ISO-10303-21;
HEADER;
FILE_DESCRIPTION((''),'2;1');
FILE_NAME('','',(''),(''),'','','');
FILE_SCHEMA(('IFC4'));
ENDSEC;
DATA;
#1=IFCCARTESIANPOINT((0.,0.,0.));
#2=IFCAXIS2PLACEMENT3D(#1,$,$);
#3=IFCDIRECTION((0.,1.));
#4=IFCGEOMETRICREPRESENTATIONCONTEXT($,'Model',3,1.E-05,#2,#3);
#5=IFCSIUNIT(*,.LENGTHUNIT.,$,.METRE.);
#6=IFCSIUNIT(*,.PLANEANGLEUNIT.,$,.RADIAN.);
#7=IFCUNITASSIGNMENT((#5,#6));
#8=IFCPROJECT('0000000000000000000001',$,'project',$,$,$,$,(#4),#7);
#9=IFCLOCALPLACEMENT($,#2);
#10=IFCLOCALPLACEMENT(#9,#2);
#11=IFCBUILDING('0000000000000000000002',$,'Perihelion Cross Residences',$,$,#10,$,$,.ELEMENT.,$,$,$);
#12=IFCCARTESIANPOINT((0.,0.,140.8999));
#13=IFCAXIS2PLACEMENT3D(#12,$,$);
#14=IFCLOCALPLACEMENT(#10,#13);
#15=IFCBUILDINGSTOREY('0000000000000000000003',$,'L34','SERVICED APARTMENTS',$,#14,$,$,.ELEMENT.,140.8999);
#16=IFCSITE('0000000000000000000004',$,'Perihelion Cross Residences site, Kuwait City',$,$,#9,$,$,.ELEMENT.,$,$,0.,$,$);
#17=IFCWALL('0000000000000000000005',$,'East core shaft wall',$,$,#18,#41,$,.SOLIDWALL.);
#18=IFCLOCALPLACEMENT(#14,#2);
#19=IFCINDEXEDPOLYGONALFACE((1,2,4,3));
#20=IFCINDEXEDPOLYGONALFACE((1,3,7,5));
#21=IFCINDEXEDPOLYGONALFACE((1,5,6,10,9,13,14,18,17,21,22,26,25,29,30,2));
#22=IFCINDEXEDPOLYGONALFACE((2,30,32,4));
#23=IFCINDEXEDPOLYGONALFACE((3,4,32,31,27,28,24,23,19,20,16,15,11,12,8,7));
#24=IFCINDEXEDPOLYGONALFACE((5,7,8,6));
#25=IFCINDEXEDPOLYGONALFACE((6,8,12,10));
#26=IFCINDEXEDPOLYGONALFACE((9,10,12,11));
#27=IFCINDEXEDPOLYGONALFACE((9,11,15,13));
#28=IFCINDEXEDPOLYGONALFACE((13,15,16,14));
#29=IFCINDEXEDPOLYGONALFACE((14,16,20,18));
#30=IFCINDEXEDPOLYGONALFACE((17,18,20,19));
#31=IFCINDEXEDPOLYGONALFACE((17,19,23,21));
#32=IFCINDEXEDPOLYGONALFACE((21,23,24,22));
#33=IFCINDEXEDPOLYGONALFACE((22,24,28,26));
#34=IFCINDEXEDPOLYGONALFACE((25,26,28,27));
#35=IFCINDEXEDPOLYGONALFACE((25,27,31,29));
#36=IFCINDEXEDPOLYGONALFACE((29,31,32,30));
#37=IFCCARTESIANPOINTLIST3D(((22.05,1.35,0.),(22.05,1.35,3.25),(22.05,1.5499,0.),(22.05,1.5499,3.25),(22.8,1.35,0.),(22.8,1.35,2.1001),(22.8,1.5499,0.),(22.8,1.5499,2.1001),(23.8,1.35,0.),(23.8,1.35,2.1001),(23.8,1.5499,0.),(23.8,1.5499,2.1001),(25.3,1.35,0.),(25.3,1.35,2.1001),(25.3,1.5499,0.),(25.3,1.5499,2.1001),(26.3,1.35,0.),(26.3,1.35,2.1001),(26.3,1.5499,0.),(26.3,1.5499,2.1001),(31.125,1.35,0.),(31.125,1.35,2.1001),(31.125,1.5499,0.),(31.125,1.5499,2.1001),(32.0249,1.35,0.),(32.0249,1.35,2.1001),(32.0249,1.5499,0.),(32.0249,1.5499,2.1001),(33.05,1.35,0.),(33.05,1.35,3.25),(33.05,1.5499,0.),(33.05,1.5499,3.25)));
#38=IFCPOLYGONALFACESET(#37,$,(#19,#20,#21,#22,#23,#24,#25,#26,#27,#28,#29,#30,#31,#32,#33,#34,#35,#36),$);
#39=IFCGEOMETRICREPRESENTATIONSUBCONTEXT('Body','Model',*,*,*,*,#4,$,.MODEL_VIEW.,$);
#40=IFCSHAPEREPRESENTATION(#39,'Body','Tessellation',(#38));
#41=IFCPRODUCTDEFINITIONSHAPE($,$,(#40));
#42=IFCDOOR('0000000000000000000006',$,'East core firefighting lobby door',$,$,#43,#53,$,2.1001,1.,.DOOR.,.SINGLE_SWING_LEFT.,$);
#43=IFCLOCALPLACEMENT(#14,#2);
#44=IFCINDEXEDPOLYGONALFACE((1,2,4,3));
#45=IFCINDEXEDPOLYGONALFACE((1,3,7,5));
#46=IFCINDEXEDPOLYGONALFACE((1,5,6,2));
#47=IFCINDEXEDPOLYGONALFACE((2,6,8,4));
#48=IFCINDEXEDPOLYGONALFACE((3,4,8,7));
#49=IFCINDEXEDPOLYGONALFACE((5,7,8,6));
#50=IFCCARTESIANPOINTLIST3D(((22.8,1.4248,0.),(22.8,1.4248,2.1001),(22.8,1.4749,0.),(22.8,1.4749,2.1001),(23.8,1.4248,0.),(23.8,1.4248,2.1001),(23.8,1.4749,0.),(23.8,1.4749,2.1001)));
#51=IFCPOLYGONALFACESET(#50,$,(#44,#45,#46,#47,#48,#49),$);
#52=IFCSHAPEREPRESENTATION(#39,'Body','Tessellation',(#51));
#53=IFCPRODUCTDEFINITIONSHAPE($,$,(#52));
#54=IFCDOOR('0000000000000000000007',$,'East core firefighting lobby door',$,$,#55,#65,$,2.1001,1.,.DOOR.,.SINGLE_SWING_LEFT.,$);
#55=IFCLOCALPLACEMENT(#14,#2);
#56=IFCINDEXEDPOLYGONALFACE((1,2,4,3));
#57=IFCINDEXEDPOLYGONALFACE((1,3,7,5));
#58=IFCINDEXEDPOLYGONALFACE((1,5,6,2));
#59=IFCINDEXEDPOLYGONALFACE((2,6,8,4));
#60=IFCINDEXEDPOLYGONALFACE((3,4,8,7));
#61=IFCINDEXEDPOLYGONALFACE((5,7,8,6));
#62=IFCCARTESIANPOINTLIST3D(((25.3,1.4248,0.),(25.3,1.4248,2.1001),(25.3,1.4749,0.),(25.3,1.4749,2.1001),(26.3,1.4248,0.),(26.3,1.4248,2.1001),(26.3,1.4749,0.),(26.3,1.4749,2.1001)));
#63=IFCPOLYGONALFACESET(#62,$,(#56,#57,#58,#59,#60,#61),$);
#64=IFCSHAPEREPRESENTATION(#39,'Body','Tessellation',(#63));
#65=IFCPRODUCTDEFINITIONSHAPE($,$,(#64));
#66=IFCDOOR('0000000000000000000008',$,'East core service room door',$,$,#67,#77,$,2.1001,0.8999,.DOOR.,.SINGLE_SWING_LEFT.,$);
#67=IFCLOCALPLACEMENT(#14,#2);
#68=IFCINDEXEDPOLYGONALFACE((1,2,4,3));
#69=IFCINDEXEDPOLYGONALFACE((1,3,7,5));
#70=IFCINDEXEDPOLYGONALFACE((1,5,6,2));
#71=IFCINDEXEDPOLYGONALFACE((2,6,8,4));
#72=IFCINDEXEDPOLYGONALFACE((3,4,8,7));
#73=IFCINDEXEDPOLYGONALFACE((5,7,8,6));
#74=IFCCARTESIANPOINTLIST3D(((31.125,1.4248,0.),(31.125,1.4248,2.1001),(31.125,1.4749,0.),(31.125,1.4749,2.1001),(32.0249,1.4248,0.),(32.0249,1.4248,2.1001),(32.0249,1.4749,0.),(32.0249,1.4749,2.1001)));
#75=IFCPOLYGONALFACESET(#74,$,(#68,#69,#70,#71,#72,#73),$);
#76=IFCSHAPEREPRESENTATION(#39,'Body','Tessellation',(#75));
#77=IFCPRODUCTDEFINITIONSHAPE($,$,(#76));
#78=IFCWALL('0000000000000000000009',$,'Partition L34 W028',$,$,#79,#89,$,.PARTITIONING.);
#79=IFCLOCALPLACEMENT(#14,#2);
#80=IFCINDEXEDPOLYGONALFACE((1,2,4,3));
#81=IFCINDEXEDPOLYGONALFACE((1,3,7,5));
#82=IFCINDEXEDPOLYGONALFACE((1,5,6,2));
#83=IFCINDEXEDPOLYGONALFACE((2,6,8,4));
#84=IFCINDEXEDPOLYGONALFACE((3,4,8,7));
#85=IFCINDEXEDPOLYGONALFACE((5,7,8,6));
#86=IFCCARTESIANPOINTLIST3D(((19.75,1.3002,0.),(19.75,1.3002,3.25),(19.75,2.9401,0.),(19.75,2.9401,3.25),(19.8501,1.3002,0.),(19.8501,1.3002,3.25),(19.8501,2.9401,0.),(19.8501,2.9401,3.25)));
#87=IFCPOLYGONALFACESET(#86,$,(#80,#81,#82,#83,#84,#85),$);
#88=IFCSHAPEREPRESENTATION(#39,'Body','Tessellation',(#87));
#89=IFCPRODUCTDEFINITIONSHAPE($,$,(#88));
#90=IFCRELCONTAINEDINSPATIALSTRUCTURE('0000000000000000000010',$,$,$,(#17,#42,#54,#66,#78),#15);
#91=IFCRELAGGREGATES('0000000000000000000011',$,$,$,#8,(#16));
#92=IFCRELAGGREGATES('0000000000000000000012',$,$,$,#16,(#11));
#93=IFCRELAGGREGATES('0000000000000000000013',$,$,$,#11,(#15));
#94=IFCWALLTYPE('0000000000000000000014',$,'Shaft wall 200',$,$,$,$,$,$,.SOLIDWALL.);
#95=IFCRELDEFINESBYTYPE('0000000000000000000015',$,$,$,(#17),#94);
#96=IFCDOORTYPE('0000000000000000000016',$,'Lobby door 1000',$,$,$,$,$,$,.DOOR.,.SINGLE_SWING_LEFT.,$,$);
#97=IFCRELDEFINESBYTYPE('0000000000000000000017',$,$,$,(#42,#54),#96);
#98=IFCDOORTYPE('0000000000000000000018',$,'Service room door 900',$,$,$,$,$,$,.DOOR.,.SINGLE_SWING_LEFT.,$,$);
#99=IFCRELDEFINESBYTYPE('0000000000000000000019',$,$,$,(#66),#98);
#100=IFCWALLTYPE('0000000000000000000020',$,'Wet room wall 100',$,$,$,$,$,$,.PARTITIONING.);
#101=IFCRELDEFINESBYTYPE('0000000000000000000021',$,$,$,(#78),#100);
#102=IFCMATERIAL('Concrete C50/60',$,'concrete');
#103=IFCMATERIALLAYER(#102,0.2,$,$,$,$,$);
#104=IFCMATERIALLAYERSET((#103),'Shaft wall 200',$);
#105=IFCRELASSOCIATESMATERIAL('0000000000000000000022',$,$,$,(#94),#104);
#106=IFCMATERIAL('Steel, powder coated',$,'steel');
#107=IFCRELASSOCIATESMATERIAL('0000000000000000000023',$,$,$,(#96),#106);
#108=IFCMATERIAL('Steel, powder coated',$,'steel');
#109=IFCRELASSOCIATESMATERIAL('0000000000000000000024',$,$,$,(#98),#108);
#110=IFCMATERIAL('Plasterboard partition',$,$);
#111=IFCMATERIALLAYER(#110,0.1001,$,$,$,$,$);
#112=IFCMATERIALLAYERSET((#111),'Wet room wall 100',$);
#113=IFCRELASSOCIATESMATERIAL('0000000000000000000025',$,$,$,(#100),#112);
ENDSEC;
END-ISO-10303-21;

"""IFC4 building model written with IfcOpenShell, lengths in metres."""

from ifc_helpers import new_model, si_unit, direction, frame, frame_2d, origin, place, context, subcontext, project, spatial, rectangle, extrude, material, layer, layer_set, type_object, element, fill, save


model = new_model("IFC4")

# Units and contexts
model_context = context("Model", 3, precision=1e-05, world=origin(), true_north=direction((0.0, 1.0)))
body_context = subcontext(model_context, "Body", "Model", "MODEL_VIEW")
ifc_project = project(units=[si_unit("LENGTHUNIT", "METRE"), si_unit("PLANEANGLEUNIT", "RADIAN")], contexts=[model_context])

# Site, building, storey
site_placement = place(None, origin())
site = spatial("IfcSite", under=ifc_project, at=site_placement, Name="Perihelion Cross Residences site, Kuwait City", CompositionType="ELEMENT", RefElevation=0.0)
building_placement = place(site_placement, origin())
building = spatial("IfcBuilding", under=site, at=building_placement, Name="Perihelion Cross Residences", CompositionType="ELEMENT")
storey_placement = place(building_placement, frame((0.0, 0.0, 140.8999)))
storey = spatial("IfcBuildingStorey", under=building, at=storey_placement, Name="L34", Description="SERVICED APARTMENTS", CompositionType="ELEMENT", Elevation=140.8999)

# Wall, openings, doors
ifc_material_1 = material(Name="Concrete C50/60", Category="concrete")
ifc_layer_1 = layer(ifc_material_1, 0.2)
ifc_layer_set_1 = layer_set([ifc_layer_1], Name="Shaft wall 200")
wall_type_1 = type_object("IfcWallType", Name="Shaft wall 200", PredefinedType="SOLIDWALL", material=ifc_layer_set_1)
wall_1_placement = place(storey_placement, frame((22.05, 1.45, 0.0), z_axis=(0.0, 0.0, 1.0), x_axis=(1.0, 0.0, 0.0)))
wall_1 = element("IfcWall", 1, at=wall_1_placement, inside=storey, type_object=wall_type_1, Name="East core shaft wall", PredefinedType="SOLIDWALL", context=body_context, shape_type="SweptSolid", body=[
    extrude(rectangle(XDim=11.0, YDim=0.2, at=frame_2d((5.5, 0.0))), origin(), (0.0, 0.0, 1.0), 3.25),
])
opening_1_placement = place(wall_1_placement, frame((0.75, 0.0, 0.0)))
opening_1 = element("IfcOpeningElement", 2, at=opening_1_placement, cuts=wall_1, PredefinedType="OPENING", context=body_context, shape_type="SweptSolid", body=[
    extrude(rectangle(XDim=1.0, YDim=2.1001, at=frame_2d((0.5, 1.05))), frame((0.0, 0.1099, 0.0), z_axis=(0.0, -1.0, 0.0), x_axis=(1.0, 0.0, 0.0)), (0.0, 0.0, 1.0), 0.22),
])
opening_2_placement = place(wall_1_placement, frame((3.25, 0.0, 0.0)))
opening_2 = element("IfcOpeningElement", 3, at=opening_2_placement, cuts=wall_1, PredefinedType="OPENING", context=body_context, shape_type="SweptSolid", body=[
    extrude(rectangle(XDim=1.0, YDim=2.1001, at=frame_2d((0.5, 1.05))), frame((0.0, 0.1099, 0.0), z_axis=(0.0, -1.0, 0.0), x_axis=(1.0, 0.0, 0.0)), (0.0, 0.0, 1.0), 0.22),
])
opening_3_placement = place(wall_1_placement, frame((9.075, 0.0, 0.0)))
opening_3 = element("IfcOpeningElement", 4, at=opening_3_placement, cuts=wall_1, PredefinedType="OPENING", context=body_context, shape_type="SweptSolid", body=[
    extrude(rectangle(XDim=0.8999, YDim=2.1001, at=frame_2d((0.45, 1.05))), frame((0.0, 0.1099, 0.0), z_axis=(0.0, -1.0, 0.0), x_axis=(1.0, 0.0, 0.0)), (0.0, 0.0, 1.0), 0.22),
])
ifc_material_2 = material(Name="Steel, powder coated", Category="steel")
door_type_1 = type_object("IfcDoorType", Name="Lobby door 1000", OperationType="SINGLE_SWING_LEFT", PredefinedType="DOOR", material=ifc_material_2)
door_1_placement = place(opening_1_placement, origin())
door_1 = element("IfcDoor", 5, at=door_1_placement, inside=storey, type_object=door_type_1, Name="East core firefighting lobby door", OperationType="SINGLE_SWING_LEFT", OverallHeight=2.1001, OverallWidth=1.0, PredefinedType="DOOR", context=body_context, shape_type="SweptSolid", body=[
    extrude(rectangle(XDim=1.0, YDim=2.1001, at=frame_2d((0.5, 1.05))), frame((0.0, 0.0249, 0.0), z_axis=(0.0, -1.0, 0.0), x_axis=(1.0, 0.0, 0.0)), (0.0, 0.0, 1.0), 0.05),
])
fill(opening_1, door_1)
door_2_placement = place(opening_2_placement, origin())
door_2 = element("IfcDoor", 6, at=door_2_placement, inside=storey, type_object=door_type_1, Name="East core firefighting lobby door", OperationType="SINGLE_SWING_LEFT", OverallHeight=2.1001, OverallWidth=1.0, PredefinedType="DOOR", context=body_context, shape_type="SweptSolid", body=[
    extrude(rectangle(XDim=1.0, YDim=2.1001, at=frame_2d((0.5, 1.05))), frame((0.0, 0.0249, 0.0), z_axis=(0.0, -1.0, 0.0), x_axis=(1.0, 0.0, 0.0)), (0.0, 0.0, 1.0), 0.05),
])
fill(opening_2, door_2)
ifc_material_3 = material(Name="Steel, powder coated", Category="steel")
door_type_2 = type_object("IfcDoorType", Name="Service room door 900", OperationType="SINGLE_SWING_LEFT", PredefinedType="DOOR", material=ifc_material_3)
door_3_placement = place(opening_3_placement, origin())
door_3 = element("IfcDoor", 7, at=door_3_placement, inside=storey, type_object=door_type_2, Name="East core service room door", OperationType="SINGLE_SWING_LEFT", OverallHeight=2.1001, OverallWidth=0.8999, PredefinedType="DOOR", context=body_context, shape_type="SweptSolid", body=[
    extrude(rectangle(XDim=0.8999, YDim=2.1001, at=frame_2d((0.45, 1.05))), frame((0.0, 0.0249, 0.0), z_axis=(0.0, -1.0, 0.0), x_axis=(1.0, 0.0, 0.0)), (0.0, 0.0, 1.0), 0.05),
])
fill(opening_3, door_3)

# Wall
ifc_material_4 = material(Name="Plasterboard partition")
ifc_layer_2 = layer(ifc_material_4, 0.1001)
ifc_layer_set_2 = layer_set([ifc_layer_2], Name="Wet room wall 100")
wall_type_2 = type_object("IfcWallType", Name="Wet room wall 100", PredefinedType="PARTITIONING", material=ifc_layer_set_2)
wall_2_placement = place(storey_placement, frame((19.8, 2.9399, 0.0), z_axis=(0.0, 0.0, 1.0), x_axis=(0.0, -1.0, 0.0)))
element("IfcWall", 8, at=wall_2_placement, inside=storey, type_object=wall_type_2, Name="Partition L34 W028", PredefinedType="PARTITIONING", context=body_context, shape_type="SweptSolid", body=[
    extrude(rectangle(XDim=1.6399, YDim=0.1001, at=frame_2d((0.8198, 0.0))), origin(), (0.0, 0.0, 1.0), 3.25),
])

save(model, "model.ifc")
